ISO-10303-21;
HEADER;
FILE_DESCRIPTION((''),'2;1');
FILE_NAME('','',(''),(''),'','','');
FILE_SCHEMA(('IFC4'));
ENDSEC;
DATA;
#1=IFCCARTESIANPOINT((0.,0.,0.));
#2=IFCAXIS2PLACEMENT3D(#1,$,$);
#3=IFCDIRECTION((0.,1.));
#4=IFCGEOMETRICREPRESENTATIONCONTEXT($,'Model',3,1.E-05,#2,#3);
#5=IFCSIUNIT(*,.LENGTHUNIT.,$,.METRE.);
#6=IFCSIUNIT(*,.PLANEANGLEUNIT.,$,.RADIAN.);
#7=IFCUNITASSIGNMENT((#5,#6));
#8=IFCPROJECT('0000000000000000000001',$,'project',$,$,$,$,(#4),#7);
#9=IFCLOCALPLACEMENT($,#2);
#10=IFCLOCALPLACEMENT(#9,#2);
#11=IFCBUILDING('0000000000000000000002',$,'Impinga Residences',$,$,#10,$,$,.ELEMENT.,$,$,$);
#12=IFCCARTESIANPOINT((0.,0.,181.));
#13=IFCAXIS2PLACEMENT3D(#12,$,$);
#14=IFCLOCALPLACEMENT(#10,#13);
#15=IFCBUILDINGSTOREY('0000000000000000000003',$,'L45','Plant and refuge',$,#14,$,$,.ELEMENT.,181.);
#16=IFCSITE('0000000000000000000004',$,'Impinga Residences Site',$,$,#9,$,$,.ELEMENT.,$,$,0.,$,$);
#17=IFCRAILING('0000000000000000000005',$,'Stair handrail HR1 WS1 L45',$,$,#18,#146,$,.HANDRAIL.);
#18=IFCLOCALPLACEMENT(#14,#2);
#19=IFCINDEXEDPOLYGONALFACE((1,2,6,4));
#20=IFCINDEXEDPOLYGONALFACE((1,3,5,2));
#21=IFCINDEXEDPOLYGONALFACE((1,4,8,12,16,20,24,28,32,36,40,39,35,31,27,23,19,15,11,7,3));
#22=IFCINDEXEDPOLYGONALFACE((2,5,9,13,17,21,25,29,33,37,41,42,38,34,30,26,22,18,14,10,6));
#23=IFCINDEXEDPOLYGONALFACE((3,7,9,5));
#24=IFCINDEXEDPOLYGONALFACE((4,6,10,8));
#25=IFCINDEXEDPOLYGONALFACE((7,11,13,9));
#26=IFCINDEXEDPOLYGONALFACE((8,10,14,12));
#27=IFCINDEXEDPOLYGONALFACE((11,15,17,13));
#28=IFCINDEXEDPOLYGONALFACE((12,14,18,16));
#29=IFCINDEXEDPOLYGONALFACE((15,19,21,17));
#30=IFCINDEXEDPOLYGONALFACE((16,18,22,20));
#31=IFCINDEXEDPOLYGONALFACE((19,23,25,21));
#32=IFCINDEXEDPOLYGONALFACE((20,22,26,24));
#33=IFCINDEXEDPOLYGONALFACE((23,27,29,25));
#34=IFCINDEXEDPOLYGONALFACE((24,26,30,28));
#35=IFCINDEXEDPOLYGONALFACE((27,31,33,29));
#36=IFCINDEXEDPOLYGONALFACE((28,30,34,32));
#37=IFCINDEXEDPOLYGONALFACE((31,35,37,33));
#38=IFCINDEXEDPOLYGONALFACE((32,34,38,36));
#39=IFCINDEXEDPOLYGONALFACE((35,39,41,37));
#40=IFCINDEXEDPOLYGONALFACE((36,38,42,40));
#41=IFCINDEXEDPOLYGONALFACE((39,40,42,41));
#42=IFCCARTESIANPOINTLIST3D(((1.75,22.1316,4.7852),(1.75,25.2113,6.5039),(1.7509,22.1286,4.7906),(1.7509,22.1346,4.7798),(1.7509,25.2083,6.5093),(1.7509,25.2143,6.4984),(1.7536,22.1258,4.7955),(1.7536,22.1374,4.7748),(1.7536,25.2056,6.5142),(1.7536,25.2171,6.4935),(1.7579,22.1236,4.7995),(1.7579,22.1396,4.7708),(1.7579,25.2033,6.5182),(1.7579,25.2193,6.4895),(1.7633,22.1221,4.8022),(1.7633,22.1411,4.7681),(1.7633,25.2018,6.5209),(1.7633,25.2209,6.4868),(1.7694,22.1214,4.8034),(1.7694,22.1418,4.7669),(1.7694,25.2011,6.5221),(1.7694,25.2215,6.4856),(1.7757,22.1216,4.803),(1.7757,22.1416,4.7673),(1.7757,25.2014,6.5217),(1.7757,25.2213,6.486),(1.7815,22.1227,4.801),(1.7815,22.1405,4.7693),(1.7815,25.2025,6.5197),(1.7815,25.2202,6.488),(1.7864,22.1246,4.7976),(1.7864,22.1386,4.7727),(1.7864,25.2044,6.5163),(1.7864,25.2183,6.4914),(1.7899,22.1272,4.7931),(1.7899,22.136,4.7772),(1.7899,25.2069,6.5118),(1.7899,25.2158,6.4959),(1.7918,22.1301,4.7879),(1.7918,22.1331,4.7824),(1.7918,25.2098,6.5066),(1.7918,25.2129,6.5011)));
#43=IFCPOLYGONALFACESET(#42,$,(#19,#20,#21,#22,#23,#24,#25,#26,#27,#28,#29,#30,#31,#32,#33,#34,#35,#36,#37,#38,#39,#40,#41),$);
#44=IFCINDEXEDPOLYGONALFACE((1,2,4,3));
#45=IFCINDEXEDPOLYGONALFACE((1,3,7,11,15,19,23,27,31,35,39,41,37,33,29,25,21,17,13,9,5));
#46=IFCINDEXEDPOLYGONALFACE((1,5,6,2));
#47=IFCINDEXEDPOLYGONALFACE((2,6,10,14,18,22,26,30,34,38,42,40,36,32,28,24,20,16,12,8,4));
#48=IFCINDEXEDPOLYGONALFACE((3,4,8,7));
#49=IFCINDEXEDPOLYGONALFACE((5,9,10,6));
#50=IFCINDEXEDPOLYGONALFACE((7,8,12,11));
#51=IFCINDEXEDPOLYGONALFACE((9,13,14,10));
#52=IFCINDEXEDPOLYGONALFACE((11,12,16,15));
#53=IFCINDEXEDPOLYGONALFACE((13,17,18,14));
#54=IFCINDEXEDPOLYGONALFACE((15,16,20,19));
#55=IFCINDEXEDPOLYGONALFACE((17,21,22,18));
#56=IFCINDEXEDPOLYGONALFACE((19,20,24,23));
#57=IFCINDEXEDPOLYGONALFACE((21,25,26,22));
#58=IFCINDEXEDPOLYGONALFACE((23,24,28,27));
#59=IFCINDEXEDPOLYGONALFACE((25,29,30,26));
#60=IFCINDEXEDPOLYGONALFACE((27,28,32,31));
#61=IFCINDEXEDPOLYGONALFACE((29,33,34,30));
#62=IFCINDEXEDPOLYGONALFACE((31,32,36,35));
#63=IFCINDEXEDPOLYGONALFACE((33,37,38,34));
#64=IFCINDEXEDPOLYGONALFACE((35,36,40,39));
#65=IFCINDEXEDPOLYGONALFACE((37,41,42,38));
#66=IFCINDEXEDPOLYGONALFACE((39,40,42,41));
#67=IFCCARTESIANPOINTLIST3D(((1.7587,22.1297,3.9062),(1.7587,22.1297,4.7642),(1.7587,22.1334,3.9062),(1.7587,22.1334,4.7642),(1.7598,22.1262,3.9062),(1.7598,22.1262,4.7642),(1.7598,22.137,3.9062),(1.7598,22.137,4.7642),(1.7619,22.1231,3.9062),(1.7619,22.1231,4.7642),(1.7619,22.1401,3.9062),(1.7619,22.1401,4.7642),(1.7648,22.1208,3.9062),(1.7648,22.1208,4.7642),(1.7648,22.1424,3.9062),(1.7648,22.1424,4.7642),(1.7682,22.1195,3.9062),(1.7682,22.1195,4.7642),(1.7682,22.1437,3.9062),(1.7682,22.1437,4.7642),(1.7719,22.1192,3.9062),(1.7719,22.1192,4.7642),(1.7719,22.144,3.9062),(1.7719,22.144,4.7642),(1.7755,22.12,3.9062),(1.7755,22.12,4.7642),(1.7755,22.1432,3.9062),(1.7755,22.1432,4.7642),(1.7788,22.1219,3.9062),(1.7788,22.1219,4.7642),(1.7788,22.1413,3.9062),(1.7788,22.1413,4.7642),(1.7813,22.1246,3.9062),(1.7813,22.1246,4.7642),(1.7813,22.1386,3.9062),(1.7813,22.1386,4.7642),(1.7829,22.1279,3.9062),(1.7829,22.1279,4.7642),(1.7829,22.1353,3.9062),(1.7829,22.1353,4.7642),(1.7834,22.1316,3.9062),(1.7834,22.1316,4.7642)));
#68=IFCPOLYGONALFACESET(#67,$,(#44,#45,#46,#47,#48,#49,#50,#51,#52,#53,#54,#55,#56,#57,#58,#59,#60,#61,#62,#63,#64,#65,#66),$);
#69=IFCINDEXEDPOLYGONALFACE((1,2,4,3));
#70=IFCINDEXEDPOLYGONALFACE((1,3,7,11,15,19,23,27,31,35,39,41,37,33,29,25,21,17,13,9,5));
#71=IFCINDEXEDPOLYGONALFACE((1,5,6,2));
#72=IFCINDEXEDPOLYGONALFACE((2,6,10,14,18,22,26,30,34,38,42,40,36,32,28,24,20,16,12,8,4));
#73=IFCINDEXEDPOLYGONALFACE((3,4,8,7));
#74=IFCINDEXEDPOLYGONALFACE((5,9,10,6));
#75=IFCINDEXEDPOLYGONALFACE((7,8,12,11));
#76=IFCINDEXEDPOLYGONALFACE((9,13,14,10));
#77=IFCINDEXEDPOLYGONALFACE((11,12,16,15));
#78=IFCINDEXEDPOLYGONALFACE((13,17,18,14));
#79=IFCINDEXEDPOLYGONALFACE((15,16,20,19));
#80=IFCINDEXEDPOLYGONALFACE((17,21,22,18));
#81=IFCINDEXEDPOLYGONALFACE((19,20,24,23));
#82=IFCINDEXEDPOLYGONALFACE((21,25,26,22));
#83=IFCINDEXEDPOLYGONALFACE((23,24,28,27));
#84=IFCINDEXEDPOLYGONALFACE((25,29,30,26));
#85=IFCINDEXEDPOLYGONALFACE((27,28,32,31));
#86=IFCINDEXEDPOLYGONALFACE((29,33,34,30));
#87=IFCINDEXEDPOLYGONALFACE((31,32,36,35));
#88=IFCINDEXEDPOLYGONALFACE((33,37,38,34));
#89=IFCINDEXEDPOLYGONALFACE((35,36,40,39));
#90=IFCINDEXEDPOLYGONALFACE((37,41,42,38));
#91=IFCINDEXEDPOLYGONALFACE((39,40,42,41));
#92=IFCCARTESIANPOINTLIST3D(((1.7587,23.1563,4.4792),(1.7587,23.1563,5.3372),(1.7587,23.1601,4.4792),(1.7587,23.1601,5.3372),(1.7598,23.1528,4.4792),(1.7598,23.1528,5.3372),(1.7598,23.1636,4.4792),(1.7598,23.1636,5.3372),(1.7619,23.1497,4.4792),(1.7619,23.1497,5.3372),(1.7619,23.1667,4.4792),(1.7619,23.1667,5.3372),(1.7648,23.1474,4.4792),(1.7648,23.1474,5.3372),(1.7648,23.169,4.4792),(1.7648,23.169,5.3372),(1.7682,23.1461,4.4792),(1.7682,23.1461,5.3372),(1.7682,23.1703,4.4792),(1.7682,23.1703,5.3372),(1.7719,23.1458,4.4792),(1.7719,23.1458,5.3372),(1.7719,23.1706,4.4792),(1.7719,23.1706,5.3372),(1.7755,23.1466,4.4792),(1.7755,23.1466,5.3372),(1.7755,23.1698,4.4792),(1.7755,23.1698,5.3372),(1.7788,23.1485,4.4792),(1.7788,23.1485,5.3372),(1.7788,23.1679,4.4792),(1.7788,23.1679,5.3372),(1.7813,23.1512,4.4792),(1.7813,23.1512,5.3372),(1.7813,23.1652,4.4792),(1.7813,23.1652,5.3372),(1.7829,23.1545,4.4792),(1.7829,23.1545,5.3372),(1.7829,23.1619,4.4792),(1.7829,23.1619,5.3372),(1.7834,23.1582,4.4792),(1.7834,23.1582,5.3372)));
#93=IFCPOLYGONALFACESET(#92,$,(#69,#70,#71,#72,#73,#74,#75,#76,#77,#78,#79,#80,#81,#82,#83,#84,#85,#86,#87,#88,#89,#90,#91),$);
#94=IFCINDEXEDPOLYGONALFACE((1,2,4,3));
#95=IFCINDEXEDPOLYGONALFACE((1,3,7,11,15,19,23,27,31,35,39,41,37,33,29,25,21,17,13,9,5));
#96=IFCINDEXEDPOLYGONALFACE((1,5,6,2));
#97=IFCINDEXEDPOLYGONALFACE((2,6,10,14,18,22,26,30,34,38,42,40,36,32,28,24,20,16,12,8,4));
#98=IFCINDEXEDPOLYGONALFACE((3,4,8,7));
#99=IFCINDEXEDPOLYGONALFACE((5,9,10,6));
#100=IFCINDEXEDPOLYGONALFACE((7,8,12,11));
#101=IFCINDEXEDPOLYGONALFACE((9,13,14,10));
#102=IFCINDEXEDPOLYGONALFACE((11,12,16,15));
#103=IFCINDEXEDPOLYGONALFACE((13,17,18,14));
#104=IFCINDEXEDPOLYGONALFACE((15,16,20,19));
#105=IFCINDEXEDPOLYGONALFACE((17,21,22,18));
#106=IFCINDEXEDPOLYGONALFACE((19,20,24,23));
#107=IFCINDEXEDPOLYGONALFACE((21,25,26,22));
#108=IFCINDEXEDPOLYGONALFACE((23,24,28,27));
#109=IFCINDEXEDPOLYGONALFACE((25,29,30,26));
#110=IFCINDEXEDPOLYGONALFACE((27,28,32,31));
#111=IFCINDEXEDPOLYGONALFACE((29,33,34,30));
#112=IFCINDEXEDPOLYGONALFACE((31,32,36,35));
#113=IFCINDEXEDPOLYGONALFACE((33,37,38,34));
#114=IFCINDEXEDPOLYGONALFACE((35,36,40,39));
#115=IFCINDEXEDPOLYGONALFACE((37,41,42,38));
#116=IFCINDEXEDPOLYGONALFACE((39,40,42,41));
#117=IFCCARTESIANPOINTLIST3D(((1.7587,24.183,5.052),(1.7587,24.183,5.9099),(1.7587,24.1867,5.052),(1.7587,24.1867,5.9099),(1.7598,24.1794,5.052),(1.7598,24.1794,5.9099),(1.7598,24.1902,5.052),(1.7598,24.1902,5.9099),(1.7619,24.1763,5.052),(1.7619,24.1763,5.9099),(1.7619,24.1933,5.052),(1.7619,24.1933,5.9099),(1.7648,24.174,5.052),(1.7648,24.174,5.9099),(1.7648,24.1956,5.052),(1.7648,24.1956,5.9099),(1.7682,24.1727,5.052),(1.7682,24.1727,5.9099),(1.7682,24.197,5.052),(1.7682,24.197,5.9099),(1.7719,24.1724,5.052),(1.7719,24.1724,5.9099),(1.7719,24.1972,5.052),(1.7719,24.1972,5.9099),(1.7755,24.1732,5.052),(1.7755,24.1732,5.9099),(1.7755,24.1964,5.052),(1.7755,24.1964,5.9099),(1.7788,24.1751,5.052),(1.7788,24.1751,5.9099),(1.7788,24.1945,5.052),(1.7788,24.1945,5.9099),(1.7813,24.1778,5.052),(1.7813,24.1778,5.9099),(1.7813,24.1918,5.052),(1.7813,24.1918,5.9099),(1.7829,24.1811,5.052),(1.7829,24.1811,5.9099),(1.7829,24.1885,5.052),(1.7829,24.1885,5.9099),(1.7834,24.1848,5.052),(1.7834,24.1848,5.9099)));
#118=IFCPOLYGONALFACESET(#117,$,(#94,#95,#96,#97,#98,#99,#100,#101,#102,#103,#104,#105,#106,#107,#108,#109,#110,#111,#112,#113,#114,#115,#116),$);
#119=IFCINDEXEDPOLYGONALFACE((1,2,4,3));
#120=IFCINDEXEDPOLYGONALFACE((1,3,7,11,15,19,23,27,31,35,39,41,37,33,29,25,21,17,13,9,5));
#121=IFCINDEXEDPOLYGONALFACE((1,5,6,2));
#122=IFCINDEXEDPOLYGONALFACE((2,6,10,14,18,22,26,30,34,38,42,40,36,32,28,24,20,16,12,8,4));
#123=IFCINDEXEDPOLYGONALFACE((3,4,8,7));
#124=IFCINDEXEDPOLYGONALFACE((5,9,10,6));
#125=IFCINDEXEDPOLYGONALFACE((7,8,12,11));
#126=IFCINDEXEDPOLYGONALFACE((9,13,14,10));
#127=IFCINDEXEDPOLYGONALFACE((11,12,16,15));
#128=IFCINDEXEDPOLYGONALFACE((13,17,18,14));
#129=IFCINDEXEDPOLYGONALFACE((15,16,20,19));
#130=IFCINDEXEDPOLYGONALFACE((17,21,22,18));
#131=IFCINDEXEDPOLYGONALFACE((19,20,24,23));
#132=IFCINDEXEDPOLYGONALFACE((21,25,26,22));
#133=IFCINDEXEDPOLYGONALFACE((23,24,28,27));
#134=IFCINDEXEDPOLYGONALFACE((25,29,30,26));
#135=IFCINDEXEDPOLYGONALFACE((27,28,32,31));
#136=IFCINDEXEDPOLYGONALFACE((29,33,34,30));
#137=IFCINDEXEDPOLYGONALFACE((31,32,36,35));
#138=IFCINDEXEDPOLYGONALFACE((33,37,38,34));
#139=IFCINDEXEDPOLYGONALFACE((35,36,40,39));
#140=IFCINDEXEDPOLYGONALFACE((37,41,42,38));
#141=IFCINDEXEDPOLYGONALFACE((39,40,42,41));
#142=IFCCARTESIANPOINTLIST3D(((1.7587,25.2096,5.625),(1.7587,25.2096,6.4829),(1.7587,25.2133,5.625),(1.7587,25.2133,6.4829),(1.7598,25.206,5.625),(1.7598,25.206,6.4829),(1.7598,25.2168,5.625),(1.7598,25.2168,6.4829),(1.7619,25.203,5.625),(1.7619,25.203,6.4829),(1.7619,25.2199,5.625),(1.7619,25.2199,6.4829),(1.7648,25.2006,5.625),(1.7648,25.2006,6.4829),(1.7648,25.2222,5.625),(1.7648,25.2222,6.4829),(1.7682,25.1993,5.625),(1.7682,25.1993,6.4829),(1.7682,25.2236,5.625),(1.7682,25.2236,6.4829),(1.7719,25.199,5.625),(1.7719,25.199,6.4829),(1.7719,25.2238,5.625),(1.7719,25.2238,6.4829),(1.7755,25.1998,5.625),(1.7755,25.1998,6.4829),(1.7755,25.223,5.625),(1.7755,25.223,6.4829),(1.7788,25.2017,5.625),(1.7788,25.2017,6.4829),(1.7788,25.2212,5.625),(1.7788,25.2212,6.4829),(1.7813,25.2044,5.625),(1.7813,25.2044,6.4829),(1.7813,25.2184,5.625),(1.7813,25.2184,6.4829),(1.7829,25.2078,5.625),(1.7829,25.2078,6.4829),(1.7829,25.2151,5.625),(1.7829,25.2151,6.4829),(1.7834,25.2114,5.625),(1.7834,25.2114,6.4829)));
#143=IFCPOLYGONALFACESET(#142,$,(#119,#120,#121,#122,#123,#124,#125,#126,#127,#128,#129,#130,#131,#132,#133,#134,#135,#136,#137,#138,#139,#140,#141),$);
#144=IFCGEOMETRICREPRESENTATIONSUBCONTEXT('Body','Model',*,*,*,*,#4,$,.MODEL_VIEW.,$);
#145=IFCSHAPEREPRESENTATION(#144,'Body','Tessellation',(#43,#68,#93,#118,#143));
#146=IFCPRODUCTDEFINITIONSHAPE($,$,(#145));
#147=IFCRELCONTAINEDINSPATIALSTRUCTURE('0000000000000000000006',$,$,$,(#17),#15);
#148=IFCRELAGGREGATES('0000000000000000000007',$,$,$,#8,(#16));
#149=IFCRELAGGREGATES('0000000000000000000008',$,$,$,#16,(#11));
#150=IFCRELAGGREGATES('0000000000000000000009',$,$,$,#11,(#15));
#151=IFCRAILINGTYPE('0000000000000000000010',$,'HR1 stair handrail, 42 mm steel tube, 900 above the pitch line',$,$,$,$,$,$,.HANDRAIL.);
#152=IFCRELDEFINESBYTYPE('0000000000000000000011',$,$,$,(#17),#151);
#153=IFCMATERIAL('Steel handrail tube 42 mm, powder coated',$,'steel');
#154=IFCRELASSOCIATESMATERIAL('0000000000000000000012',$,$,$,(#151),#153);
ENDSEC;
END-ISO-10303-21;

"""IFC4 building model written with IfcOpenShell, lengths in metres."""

from ifc_helpers import new_model, si_unit, direction, frame, origin, origin_2d, place, context, subcontext, project, spatial, circle, extrude, material, type_object, element, save


model = new_model("IFC4")

# Units and contexts
model_context = context("Model", 3, precision=1e-05, world=origin(), true_north=direction((0.0, 1.0)))
body_context = subcontext(model_context, "Body", "Model", "MODEL_VIEW")
ifc_project = project(units=[si_unit("LENGTHUNIT", "METRE"), si_unit("PLANEANGLEUNIT", "RADIAN")], contexts=[model_context])

# Site, building, storey
site_placement = place(None, origin())
site = spatial("IfcSite", under=ifc_project, at=site_placement, Name="Impinga Residences Site", CompositionType="ELEMENT", RefElevation=0.0)
building_placement = place(site_placement, origin())
building = spatial("IfcBuilding", under=site, at=building_placement, Name="Impinga Residences", CompositionType="ELEMENT")
storey_placement = place(building_placement, frame((0.0, 0.0, 181.0)))
storey = spatial("IfcBuildingStorey", under=building, at=storey_placement, Name="L45", Description="Plant and refuge", CompositionType="ELEMENT", Elevation=181.0)

# Railing
ifc_material_1 = material(Name="Steel handrail tube 42 mm, powder coated", Category="steel")
railing_type = type_object("IfcRailingType", Name="HR1 stair handrail, 42 mm steel tube, 900 above the pitch line", PredefinedType="HANDRAIL", material=ifc_material_1)
for number, where, name in (
    (1, (1.771, 22.1316, 3.9062), "Stair handrail HR1 WS1 L45"),
):
    element("IfcRailing", number, at=place(storey_placement, frame(where)), inside=storey, type_object=railing_type, Name=name, PredefinedType="HANDRAIL", context=body_context, shape_type="SweptSolid", body=[
        extrude(circle(Radius=0.021, at=origin_2d()), frame((0.0, 0.0, 0.8789), z_axis=(0.0, 0.873225, 0.487317), x_axis=(-1.0, 0.0, 0.0)), (0.0, 0.0, 1.0), 3.5269),
        extrude(circle(Radius=0.0125, at=origin_2d()), origin(), (0.0, 0.0, 1.0), 0.8579),
        extrude(circle(Radius=0.0125, at=origin_2d()), frame((0.0, 1.0266, 0.573)), (0.0, 0.0, 1.0), 0.8579),
        extrude(circle(Radius=0.0125, at=origin_2d()), frame((0.0, 2.0532, 1.1458)), (0.0, 0.0, 1.0), 0.8579),
        extrude(circle(Radius=0.0125, at=origin_2d()), frame((0.0, 3.0798, 1.7188)), (0.0, 0.0, 1.0), 0.8579),
    ])

save(model, "model.ifc")
